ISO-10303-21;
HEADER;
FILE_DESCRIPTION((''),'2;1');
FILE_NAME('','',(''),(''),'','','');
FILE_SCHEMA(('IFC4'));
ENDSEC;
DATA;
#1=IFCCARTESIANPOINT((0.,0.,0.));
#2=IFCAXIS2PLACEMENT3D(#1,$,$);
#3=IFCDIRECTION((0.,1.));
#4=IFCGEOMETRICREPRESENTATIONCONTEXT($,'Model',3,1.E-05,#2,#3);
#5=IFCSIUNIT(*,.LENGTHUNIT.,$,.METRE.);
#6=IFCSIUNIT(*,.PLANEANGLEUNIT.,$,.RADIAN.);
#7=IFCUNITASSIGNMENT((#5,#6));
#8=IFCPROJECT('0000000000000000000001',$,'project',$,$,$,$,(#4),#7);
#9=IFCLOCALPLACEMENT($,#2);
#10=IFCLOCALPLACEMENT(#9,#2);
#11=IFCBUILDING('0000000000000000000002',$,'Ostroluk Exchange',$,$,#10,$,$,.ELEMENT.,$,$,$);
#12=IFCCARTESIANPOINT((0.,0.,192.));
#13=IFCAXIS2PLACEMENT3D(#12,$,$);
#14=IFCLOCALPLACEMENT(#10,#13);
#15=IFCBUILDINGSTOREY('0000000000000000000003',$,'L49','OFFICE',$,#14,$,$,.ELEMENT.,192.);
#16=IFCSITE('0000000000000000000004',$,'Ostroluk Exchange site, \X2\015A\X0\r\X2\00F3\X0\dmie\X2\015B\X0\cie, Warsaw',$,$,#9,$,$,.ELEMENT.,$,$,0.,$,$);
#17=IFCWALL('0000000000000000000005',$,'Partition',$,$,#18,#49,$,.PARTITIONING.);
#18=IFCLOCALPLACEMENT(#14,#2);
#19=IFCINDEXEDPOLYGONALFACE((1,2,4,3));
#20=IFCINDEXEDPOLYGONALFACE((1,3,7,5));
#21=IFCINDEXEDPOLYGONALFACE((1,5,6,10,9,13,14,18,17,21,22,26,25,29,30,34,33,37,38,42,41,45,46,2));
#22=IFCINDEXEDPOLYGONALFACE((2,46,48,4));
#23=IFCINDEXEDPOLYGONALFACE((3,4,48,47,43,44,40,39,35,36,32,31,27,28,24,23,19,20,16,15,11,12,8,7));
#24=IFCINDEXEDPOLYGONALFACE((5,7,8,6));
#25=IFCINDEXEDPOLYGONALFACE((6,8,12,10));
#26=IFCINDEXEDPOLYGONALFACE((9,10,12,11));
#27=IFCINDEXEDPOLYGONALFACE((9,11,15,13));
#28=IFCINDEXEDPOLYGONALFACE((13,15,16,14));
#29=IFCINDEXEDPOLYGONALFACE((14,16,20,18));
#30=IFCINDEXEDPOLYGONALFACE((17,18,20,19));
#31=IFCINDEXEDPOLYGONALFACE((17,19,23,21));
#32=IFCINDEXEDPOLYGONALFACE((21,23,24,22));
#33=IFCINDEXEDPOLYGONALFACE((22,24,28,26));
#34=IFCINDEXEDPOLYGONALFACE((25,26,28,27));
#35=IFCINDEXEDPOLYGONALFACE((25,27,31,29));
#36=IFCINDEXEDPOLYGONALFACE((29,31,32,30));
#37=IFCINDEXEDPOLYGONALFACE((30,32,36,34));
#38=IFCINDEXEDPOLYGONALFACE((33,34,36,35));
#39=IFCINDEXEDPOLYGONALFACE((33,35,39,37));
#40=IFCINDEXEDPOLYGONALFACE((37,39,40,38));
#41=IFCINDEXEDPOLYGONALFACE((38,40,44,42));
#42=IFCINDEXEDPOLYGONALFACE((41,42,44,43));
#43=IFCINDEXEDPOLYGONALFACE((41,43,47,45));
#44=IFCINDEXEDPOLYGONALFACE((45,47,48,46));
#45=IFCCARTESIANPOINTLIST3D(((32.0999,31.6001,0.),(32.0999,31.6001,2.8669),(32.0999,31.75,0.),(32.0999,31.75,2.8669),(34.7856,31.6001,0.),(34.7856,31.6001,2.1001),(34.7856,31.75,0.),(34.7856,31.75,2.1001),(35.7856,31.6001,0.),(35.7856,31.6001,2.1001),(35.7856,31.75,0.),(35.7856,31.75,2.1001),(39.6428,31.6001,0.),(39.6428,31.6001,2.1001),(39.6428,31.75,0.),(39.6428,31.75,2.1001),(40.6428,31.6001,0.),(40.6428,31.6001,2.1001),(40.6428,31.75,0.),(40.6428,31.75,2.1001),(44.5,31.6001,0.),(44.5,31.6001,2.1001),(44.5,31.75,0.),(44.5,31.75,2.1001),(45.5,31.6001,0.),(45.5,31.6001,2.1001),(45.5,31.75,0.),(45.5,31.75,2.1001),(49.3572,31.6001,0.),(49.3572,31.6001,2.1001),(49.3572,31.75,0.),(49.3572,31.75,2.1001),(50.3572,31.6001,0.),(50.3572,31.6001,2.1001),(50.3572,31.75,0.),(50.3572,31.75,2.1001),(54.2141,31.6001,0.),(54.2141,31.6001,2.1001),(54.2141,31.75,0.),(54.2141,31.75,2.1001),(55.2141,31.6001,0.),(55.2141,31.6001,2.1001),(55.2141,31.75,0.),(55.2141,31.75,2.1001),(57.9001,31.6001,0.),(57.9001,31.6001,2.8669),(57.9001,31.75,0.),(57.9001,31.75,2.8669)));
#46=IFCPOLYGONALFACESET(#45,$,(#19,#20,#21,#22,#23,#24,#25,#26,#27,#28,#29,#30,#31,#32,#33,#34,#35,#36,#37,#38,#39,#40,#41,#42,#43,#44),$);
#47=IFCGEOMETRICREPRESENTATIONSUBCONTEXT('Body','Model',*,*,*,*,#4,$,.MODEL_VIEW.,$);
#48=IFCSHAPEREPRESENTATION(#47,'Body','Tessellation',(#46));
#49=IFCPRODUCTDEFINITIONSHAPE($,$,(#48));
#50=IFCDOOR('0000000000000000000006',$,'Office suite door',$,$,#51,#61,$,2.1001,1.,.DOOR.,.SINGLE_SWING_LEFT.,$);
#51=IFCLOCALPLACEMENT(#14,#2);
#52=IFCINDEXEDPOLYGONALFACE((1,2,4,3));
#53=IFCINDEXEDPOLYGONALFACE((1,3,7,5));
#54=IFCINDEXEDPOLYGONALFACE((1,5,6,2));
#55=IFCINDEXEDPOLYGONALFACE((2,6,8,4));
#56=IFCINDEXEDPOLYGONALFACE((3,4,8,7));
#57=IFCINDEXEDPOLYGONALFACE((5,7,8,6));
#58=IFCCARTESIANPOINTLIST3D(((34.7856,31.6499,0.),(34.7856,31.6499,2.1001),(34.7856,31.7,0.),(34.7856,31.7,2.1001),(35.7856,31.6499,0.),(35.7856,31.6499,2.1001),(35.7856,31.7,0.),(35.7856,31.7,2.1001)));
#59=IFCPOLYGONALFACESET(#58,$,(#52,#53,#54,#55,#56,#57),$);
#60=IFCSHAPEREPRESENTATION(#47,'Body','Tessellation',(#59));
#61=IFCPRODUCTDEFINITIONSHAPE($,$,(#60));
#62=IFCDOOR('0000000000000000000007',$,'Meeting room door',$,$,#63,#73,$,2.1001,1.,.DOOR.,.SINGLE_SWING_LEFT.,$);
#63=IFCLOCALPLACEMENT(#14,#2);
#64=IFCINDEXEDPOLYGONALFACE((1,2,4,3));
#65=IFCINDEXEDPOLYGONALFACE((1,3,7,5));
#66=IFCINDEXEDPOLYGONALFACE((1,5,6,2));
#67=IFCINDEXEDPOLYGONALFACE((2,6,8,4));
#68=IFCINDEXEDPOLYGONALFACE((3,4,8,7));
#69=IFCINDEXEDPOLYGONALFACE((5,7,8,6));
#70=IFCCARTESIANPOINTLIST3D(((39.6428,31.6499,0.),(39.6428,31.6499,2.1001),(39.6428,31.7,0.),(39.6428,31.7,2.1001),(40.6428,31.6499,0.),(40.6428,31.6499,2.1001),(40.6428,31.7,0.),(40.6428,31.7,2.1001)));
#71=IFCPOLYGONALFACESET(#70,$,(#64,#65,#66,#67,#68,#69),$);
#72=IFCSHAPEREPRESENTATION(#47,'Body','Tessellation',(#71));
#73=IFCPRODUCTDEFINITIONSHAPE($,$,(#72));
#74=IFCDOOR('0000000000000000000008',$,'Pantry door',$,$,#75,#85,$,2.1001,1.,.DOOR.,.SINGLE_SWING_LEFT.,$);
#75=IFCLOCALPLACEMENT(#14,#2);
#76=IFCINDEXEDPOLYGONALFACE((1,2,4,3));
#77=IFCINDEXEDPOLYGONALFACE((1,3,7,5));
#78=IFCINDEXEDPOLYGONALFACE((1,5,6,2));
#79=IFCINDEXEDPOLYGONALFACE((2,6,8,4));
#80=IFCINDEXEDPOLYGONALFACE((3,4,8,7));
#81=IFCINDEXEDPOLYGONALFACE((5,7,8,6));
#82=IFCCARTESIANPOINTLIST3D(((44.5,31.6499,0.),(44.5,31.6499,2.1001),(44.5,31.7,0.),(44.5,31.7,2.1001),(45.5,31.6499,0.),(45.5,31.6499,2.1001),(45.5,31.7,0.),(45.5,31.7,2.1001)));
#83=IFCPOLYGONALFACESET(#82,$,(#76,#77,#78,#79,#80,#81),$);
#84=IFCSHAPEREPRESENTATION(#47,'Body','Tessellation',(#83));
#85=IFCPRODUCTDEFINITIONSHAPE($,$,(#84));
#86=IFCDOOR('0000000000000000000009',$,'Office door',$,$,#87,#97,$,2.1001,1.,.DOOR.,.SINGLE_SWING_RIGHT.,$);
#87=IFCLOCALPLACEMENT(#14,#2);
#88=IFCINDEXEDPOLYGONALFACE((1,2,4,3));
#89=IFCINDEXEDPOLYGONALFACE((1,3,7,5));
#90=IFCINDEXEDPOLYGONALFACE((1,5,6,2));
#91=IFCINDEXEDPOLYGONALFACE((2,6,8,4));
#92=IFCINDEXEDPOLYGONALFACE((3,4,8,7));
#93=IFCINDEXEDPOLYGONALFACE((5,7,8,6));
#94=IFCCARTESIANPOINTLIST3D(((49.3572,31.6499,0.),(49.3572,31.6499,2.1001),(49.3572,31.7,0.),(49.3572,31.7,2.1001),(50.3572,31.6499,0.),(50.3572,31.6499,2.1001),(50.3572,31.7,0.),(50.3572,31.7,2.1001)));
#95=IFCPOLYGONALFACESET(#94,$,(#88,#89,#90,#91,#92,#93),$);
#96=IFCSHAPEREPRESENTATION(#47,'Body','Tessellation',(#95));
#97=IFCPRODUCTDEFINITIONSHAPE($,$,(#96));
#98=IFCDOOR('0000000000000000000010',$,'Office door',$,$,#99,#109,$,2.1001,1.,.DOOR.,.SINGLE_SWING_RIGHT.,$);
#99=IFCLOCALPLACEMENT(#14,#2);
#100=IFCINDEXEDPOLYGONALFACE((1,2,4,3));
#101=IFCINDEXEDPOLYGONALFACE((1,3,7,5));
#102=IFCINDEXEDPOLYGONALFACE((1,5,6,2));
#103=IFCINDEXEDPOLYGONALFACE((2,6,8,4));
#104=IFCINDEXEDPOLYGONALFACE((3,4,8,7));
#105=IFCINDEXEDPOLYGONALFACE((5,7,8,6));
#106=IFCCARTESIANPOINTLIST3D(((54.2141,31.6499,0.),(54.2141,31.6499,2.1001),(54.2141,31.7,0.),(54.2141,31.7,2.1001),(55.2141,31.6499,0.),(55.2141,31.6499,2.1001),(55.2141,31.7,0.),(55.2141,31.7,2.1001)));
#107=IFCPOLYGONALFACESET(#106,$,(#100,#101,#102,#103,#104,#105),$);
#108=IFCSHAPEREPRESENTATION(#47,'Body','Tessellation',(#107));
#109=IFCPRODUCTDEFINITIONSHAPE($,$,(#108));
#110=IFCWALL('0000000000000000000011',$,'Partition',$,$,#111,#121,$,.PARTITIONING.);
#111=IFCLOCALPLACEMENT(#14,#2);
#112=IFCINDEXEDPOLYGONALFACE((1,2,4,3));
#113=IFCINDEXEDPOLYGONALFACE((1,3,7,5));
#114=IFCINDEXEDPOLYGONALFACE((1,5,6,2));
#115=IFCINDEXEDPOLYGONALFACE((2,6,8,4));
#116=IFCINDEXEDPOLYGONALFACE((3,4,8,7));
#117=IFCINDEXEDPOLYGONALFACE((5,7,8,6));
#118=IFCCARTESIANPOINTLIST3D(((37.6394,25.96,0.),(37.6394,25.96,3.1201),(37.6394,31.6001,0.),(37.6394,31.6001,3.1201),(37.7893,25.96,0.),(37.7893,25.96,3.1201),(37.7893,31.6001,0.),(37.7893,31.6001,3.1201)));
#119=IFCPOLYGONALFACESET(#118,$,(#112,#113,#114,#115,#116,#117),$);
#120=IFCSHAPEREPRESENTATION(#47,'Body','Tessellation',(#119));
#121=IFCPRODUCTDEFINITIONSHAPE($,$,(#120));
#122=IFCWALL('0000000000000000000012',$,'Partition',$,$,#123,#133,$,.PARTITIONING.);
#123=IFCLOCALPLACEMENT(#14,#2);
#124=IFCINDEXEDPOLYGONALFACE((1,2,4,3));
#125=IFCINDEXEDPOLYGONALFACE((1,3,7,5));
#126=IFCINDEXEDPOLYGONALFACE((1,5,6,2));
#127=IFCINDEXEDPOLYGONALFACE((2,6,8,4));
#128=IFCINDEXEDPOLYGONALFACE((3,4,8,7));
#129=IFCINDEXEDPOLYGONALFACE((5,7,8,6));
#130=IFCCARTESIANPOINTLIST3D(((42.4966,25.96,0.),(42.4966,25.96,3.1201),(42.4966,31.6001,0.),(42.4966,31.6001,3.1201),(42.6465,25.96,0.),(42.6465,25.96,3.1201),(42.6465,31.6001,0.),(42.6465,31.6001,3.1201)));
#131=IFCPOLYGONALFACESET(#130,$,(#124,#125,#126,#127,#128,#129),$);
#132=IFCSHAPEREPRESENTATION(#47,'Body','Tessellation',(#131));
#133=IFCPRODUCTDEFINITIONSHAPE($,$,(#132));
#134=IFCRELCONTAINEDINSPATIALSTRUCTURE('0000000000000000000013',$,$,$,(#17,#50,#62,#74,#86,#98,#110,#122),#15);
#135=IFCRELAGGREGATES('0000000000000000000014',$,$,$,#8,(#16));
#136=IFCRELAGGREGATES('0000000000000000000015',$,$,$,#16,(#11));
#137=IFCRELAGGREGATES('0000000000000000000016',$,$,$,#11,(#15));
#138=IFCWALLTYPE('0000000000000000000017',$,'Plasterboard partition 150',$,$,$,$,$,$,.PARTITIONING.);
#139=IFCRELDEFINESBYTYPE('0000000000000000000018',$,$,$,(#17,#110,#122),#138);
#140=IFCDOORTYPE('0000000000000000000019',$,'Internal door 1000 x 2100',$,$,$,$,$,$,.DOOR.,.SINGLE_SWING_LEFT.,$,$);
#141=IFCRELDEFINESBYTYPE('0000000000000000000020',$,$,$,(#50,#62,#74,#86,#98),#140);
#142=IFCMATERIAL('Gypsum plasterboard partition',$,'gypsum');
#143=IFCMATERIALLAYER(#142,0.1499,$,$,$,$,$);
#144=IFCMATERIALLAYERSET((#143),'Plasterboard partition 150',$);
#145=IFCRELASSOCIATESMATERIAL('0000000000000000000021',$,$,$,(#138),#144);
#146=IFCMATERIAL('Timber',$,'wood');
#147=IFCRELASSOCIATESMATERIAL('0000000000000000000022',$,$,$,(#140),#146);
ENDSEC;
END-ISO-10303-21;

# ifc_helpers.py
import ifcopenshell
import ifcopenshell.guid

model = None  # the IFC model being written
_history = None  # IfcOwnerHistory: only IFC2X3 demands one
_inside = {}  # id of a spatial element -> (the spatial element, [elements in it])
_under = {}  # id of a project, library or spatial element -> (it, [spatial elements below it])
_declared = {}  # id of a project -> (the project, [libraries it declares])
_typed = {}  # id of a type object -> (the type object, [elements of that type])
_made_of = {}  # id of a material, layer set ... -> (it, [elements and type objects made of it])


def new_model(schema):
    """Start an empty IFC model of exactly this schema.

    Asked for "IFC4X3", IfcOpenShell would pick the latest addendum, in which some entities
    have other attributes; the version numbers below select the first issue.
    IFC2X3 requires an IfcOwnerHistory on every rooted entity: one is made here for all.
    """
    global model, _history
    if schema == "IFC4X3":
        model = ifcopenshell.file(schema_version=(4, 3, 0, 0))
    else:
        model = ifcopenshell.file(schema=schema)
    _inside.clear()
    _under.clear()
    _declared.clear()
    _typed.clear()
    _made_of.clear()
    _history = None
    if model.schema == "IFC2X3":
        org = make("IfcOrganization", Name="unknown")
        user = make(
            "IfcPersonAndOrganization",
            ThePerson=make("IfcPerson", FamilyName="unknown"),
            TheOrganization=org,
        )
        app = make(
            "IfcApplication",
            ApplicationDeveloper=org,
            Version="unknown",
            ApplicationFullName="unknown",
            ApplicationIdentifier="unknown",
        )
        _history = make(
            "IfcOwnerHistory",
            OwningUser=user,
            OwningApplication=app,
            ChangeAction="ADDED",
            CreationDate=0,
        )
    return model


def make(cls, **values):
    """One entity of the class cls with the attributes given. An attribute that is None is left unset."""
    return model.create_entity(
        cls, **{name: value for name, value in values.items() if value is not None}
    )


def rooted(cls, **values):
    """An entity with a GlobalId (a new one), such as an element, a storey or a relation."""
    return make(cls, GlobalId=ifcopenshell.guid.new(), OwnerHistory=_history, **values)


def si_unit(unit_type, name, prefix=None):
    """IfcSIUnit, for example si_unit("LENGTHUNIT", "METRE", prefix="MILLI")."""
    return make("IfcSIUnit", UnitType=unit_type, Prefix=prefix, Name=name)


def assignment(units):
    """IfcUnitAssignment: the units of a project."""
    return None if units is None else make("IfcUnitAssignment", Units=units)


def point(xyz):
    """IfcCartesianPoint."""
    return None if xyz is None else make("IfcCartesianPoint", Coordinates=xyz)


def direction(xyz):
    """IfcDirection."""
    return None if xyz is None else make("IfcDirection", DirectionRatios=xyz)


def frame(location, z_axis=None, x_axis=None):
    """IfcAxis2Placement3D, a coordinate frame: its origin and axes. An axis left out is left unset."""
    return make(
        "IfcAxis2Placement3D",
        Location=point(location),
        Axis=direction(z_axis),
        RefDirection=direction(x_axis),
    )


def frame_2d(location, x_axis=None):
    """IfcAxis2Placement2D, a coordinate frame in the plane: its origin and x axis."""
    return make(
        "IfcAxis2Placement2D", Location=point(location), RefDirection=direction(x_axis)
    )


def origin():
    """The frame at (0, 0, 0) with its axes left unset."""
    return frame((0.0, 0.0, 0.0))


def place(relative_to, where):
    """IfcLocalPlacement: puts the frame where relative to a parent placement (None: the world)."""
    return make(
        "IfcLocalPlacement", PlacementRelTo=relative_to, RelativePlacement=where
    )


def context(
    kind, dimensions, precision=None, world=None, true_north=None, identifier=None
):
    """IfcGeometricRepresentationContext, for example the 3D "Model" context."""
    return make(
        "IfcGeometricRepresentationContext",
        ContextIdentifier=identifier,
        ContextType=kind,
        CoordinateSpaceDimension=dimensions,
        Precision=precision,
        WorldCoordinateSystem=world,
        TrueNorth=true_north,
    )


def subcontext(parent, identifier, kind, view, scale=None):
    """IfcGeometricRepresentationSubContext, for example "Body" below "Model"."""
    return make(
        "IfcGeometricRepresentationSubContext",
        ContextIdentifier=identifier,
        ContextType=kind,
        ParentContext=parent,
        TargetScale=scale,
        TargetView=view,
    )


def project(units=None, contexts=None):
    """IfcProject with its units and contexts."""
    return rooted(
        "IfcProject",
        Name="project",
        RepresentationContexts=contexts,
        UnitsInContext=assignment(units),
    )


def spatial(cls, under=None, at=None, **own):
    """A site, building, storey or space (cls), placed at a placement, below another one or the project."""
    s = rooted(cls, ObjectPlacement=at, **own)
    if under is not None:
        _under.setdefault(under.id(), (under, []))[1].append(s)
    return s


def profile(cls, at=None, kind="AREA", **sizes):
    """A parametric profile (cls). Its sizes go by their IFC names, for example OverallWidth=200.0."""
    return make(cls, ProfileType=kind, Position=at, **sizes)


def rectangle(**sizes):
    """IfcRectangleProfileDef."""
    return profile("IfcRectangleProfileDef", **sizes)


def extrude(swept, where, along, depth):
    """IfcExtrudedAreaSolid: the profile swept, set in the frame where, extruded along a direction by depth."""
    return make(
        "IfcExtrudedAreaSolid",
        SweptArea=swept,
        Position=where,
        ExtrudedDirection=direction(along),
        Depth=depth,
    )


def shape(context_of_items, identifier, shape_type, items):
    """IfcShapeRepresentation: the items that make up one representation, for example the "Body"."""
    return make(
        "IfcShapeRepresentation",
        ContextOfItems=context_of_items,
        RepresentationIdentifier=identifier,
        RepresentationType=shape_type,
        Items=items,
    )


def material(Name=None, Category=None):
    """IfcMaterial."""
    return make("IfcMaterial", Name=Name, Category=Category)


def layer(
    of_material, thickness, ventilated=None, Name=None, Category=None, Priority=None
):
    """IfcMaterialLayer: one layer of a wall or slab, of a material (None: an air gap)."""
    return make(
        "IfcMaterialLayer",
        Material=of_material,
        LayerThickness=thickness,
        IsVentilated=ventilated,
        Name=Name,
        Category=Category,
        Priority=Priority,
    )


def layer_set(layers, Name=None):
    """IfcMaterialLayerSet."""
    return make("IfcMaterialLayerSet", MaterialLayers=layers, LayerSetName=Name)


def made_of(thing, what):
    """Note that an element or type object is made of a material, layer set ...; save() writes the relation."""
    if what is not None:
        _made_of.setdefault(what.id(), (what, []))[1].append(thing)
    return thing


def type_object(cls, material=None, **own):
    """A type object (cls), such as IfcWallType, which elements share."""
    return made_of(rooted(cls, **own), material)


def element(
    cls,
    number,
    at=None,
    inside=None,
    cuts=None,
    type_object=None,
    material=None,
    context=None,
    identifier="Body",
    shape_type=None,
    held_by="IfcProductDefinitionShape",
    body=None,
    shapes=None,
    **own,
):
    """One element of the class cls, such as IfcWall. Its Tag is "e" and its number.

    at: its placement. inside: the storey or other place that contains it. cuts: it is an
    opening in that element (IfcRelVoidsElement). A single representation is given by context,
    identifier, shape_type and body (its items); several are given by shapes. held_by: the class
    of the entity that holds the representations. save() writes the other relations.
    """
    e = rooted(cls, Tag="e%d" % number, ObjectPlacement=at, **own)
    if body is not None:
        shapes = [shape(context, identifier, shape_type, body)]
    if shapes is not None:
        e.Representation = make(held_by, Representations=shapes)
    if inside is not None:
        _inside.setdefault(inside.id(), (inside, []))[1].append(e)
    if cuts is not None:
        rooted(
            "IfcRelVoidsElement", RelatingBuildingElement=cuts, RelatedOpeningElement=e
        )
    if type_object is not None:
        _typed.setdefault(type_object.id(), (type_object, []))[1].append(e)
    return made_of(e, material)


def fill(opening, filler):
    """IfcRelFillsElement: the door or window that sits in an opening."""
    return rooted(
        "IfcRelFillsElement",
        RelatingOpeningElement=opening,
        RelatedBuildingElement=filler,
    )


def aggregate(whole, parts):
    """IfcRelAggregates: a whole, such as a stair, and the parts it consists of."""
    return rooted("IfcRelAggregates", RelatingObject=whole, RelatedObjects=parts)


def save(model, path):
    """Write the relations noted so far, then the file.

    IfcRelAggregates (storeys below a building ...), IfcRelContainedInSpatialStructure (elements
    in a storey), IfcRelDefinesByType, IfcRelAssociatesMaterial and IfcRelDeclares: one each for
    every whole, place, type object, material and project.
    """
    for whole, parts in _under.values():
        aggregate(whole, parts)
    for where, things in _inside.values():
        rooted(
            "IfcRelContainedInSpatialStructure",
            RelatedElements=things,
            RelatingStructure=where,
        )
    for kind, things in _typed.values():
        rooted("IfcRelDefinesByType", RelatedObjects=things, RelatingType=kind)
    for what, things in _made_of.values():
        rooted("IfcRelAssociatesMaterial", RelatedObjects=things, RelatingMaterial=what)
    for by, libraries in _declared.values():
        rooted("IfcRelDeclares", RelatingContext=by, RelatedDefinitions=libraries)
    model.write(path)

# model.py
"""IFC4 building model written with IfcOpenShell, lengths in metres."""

from ifc_helpers import new_model, si_unit, direction, frame, frame_2d, origin, place, context, subcontext, project, spatial, rectangle, extrude, material, layer, layer_set, type_object, element, fill, save


model = new_model("IFC4")

# Units and contexts
model_context = context("Model", 3, precision=1e-05, world=origin(), true_north=direction((0.0, 1.0)))
body_context = subcontext(model_context, "Body", "Model", "MODEL_VIEW")
ifc_project = project(units=[si_unit("LENGTHUNIT", "METRE"), si_unit("PLANEANGLEUNIT", "RADIAN")], contexts=[model_context])

# Site, building, storey
site_placement = place(None, origin())
site = spatial("IfcSite", under=ifc_project, at=site_placement, Name="Ostroluk Exchange site, Śródmieście, Warsaw", CompositionType="ELEMENT", RefElevation=0.0)
building_placement = place(site_placement, origin())
building = spatial("IfcBuilding", under=site, at=building_placement, Name="Ostroluk Exchange", CompositionType="ELEMENT")
storey_placement = place(building_placement, frame((0.0, 0.0, 192.0)))
storey = spatial("IfcBuildingStorey", under=building, at=storey_placement, Name="L49", Description="OFFICE", CompositionType="ELEMENT", Elevation=192.0)

# Shared definitions
ifc_material_1 = material(Name="Gypsum plasterboard partition", Category="gypsum")
ifc_layer_1 = layer(ifc_material_1, 0.1499)
ifc_layer_set_1 = layer_set([ifc_layer_1], Name="Plasterboard partition 150")
wall_type_1 = type_object("IfcWallType", Name="Plasterboard partition 150", PredefinedType="PARTITIONING", material=ifc_layer_set_1)
ifc_material_2 = material(Name="Timber", Category="wood")
door_type_1 = type_object("IfcDoorType", Name="Internal door 1000 x 2100", OperationType="SINGLE_SWING_LEFT", PredefinedType="DOOR", material=ifc_material_2)

# Wall, openings, doors
wall_1_placement = place(storey_placement, frame((32.0999, 31.675, 0.0), z_axis=(0.0, 0.0, 1.0), x_axis=(1.0, 0.0, 0.0)))
wall_1 = element("IfcWall", 1, at=wall_1_placement, inside=storey, type_object=wall_type_1, Name="Partition", PredefinedType="PARTITIONING", context=body_context, shape_type="SweptSolid", body=[
    extrude(rectangle(XDim=25.8003, YDim=0.1499, at=frame_2d((12.9001, 0.0))), origin(), (0.0, 0.0, 1.0), 2.8669),
])
opening_1_placement = place(wall_1_placement, frame((2.6858, 0.0, 0.0)))
opening_1 = element("IfcOpeningElement", 2, at=opening_1_placement, cuts=wall_1, PredefinedType="OPENING", context=body_context, shape_type="SweptSolid", body=[
    extrude(rectangle(XDim=1.0, YDim=2.1001, at=frame_2d((0.5, 1.05))), frame((0.0, 0.085, 0.0), z_axis=(0.0, -1.0, 0.0), x_axis=(1.0, 0.0, 0.0)), (0.0, 0.0, 1.0), 0.1699),
])
opening_2_placement = place(wall_1_placement, frame((7.543, 0.0, 0.0)))
opening_2 = element("IfcOpeningElement", 3, at=opening_2_placement, cuts=wall_1, PredefinedType="OPENING", context=body_context, shape_type="SweptSolid", body=[
    extrude(rectangle(XDim=1.0, YDim=2.1001, at=frame_2d((0.5, 1.05))), frame((0.0, 0.085, 0.0), z_axis=(0.0, -1.0, 0.0), x_axis=(1.0, 0.0, 0.0)), (0.0, 0.0, 1.0), 0.1699),
])
opening_3_placement = place(wall_1_placement, frame((12.4001, 0.0, 0.0)))
opening_3 = element("IfcOpeningElement", 4, at=opening_3_placement, cuts=wall_1, PredefinedType="OPENING", context=body_context, shape_type="SweptSolid", body=[
    extrude(rectangle(XDim=1.0, YDim=2.1001, at=frame_2d((0.5, 1.05))), frame((0.0, 0.085, 0.0), z_axis=(0.0, -1.0, 0.0), x_axis=(1.0, 0.0, 0.0)), (0.0, 0.0, 1.0), 0.1699),
])
opening_4_placement = place(wall_1_placement, frame((17.2573, 0.0, 0.0)))
opening_4 = element("IfcOpeningElement", 5, at=opening_4_placement, cuts=wall_1, PredefinedType="OPENING", context=body_context, shape_type="SweptSolid", body=[
    extrude(rectangle(XDim=1.0, YDim=2.1001, at=frame_2d((0.5, 1.05))), frame((0.0, 0.085, 0.0), z_axis=(0.0, -1.0, 0.0), x_axis=(1.0, 0.0, 0.0)), (0.0, 0.0, 1.0), 0.1699),
])
opening_5_placement = place(wall_1_placement, frame((22.1143, 0.0, 0.0)))
opening_5 = element("IfcOpeningElement", 6, at=opening_5_placement, cuts=wall_1, PredefinedType="OPENING", context=body_context, shape_type="SweptSolid", body=[
    extrude(rectangle(XDim=1.0, YDim=2.1001, at=frame_2d((0.5, 1.05))), frame((0.0, 0.085, 0.0), z_axis=(0.0, -1.0, 0.0), x_axis=(1.0, 0.0, 0.0)), (0.0, 0.0, 1.0), 0.1699),
])
door_1_placement = place(opening_1_placement, origin())
door_1 = element("IfcDoor", 7, at=door_1_placement, inside=storey, type_object=door_type_1, Name="Office suite door", OperationType="SINGLE_SWING_LEFT", OverallHeight=2.1001, OverallWidth=1.0, PredefinedType="DOOR", context=body_context, shape_type="SweptSolid", body=[
    extrude(rectangle(XDim=1.0, YDim=2.1001, at=frame_2d((0.5, 1.05))), frame((0.0, 0.0249, 0.0), z_axis=(0.0, -1.0, 0.0), x_axis=(1.0, 0.0, 0.0)), (0.0, 0.0, 1.0), 0.05),
])
fill(opening_1, door_1)
door_2_placement = place(opening_2_placement, origin())
door_2 = element("IfcDoor", 8, at=door_2_placement, inside=storey, type_object=door_type_1, Name="Meeting room door", OperationType="SINGLE_SWING_LEFT", OverallHeight=2.1001, OverallWidth=1.0, PredefinedType="DOOR", context=body_context, shape_type="SweptSolid", body=[
    extrude(rectangle(XDim=1.0, YDim=2.1001, at=frame_2d((0.5, 1.05))), frame((0.0, 0.0249, 0.0), z_axis=(0.0, -1.0, 0.0), x_axis=(1.0, 0.0, 0.0)), (0.0, 0.0, 1.0), 0.05),
])
fill(opening_2, door_2)
door_3_placement = place(opening_3_placement, origin())
door_3 = element("IfcDoor", 9, at=door_3_placement, inside=storey, type_object=door_type_1, Name="Pantry door", OperationType="SINGLE_SWING_LEFT", OverallHeight=2.1001, OverallWidth=1.0, PredefinedType="DOOR", context=body_context, shape_type="SweptSolid", body=[
    extrude(rectangle(XDim=1.0, YDim=2.1001, at=frame_2d((0.5, 1.05))), frame((0.0, 0.0249, 0.0), z_axis=(0.0, -1.0, 0.0), x_axis=(1.0, 0.0, 0.0)), (0.0, 0.0, 1.0), 0.05),
])
fill(opening_3, door_3)
door_4_placement = place(opening_4_placement, origin())
door_4 = element("IfcDoor", 10, at=door_4_placement, inside=storey, type_object=door_type_1, Name="Office door", OperationType="SINGLE_SWING_RIGHT", OverallHeight=2.1001, OverallWidth=1.0, PredefinedType="DOOR", context=body_context, shape_type="SweptSolid", body=[
    extrude(rectangle(XDim=1.0, YDim=2.1001, at=frame_2d((0.5, 1.05))), frame((0.0, 0.0249, 0.0), z_axis=(0.0, -1.0, 0.0), x_axis=(1.0, 0.0, 0.0)), (0.0, 0.0, 1.0), 0.05),
])
fill(opening_4, door_4)
door_5_placement = place(opening_5_placement, origin())
door_5 = element("IfcDoor", 11, at=door_5_placement, inside=storey, type_object=door_type_1, Name="Office door", OperationType="SINGLE_SWING_RIGHT", OverallHeight=2.1001, OverallWidth=1.0, PredefinedType="DOOR", context=body_context, shape_type="SweptSolid", body=[
    extrude(rectangle(XDim=1.0, YDim=2.1001, at=frame_2d((0.5, 1.05))), frame((0.0, 0.0249, 0.0), z_axis=(0.0, -1.0, 0.0), x_axis=(1.0, 0.0, 0.0)), (0.0, 0.0, 1.0), 0.05),
])
fill(opening_5, door_5)

# Walls
for number, where, z_axis, x_axis, name in (
    (12, (37.7144, 31.6001, 0.0), (0.0, 0.0, 1.0), (0.0, -1.0, 0.0), "Partition"),
    (13, (42.5715, 31.6001, 0.0), (0.0, 0.0, 1.0), (0.0, -1.0, 0.0), "Partition"),
):
    element("IfcWall", number, at=place(storey_placement, frame(where, z_axis=z_axis, x_axis=x_axis)), inside=storey, type_object=wall_type_1, Name=name, PredefinedType="PARTITIONING", context=body_context, shape_type="SweptSolid", body=[
        extrude(rectangle(XDim=5.6401, YDim=0.1499, at=frame_2d((2.8201, 0.0))), origin(), (0.0, 0.0, 1.0), 3.1201),
    ])

save(model, "model.ifc")
